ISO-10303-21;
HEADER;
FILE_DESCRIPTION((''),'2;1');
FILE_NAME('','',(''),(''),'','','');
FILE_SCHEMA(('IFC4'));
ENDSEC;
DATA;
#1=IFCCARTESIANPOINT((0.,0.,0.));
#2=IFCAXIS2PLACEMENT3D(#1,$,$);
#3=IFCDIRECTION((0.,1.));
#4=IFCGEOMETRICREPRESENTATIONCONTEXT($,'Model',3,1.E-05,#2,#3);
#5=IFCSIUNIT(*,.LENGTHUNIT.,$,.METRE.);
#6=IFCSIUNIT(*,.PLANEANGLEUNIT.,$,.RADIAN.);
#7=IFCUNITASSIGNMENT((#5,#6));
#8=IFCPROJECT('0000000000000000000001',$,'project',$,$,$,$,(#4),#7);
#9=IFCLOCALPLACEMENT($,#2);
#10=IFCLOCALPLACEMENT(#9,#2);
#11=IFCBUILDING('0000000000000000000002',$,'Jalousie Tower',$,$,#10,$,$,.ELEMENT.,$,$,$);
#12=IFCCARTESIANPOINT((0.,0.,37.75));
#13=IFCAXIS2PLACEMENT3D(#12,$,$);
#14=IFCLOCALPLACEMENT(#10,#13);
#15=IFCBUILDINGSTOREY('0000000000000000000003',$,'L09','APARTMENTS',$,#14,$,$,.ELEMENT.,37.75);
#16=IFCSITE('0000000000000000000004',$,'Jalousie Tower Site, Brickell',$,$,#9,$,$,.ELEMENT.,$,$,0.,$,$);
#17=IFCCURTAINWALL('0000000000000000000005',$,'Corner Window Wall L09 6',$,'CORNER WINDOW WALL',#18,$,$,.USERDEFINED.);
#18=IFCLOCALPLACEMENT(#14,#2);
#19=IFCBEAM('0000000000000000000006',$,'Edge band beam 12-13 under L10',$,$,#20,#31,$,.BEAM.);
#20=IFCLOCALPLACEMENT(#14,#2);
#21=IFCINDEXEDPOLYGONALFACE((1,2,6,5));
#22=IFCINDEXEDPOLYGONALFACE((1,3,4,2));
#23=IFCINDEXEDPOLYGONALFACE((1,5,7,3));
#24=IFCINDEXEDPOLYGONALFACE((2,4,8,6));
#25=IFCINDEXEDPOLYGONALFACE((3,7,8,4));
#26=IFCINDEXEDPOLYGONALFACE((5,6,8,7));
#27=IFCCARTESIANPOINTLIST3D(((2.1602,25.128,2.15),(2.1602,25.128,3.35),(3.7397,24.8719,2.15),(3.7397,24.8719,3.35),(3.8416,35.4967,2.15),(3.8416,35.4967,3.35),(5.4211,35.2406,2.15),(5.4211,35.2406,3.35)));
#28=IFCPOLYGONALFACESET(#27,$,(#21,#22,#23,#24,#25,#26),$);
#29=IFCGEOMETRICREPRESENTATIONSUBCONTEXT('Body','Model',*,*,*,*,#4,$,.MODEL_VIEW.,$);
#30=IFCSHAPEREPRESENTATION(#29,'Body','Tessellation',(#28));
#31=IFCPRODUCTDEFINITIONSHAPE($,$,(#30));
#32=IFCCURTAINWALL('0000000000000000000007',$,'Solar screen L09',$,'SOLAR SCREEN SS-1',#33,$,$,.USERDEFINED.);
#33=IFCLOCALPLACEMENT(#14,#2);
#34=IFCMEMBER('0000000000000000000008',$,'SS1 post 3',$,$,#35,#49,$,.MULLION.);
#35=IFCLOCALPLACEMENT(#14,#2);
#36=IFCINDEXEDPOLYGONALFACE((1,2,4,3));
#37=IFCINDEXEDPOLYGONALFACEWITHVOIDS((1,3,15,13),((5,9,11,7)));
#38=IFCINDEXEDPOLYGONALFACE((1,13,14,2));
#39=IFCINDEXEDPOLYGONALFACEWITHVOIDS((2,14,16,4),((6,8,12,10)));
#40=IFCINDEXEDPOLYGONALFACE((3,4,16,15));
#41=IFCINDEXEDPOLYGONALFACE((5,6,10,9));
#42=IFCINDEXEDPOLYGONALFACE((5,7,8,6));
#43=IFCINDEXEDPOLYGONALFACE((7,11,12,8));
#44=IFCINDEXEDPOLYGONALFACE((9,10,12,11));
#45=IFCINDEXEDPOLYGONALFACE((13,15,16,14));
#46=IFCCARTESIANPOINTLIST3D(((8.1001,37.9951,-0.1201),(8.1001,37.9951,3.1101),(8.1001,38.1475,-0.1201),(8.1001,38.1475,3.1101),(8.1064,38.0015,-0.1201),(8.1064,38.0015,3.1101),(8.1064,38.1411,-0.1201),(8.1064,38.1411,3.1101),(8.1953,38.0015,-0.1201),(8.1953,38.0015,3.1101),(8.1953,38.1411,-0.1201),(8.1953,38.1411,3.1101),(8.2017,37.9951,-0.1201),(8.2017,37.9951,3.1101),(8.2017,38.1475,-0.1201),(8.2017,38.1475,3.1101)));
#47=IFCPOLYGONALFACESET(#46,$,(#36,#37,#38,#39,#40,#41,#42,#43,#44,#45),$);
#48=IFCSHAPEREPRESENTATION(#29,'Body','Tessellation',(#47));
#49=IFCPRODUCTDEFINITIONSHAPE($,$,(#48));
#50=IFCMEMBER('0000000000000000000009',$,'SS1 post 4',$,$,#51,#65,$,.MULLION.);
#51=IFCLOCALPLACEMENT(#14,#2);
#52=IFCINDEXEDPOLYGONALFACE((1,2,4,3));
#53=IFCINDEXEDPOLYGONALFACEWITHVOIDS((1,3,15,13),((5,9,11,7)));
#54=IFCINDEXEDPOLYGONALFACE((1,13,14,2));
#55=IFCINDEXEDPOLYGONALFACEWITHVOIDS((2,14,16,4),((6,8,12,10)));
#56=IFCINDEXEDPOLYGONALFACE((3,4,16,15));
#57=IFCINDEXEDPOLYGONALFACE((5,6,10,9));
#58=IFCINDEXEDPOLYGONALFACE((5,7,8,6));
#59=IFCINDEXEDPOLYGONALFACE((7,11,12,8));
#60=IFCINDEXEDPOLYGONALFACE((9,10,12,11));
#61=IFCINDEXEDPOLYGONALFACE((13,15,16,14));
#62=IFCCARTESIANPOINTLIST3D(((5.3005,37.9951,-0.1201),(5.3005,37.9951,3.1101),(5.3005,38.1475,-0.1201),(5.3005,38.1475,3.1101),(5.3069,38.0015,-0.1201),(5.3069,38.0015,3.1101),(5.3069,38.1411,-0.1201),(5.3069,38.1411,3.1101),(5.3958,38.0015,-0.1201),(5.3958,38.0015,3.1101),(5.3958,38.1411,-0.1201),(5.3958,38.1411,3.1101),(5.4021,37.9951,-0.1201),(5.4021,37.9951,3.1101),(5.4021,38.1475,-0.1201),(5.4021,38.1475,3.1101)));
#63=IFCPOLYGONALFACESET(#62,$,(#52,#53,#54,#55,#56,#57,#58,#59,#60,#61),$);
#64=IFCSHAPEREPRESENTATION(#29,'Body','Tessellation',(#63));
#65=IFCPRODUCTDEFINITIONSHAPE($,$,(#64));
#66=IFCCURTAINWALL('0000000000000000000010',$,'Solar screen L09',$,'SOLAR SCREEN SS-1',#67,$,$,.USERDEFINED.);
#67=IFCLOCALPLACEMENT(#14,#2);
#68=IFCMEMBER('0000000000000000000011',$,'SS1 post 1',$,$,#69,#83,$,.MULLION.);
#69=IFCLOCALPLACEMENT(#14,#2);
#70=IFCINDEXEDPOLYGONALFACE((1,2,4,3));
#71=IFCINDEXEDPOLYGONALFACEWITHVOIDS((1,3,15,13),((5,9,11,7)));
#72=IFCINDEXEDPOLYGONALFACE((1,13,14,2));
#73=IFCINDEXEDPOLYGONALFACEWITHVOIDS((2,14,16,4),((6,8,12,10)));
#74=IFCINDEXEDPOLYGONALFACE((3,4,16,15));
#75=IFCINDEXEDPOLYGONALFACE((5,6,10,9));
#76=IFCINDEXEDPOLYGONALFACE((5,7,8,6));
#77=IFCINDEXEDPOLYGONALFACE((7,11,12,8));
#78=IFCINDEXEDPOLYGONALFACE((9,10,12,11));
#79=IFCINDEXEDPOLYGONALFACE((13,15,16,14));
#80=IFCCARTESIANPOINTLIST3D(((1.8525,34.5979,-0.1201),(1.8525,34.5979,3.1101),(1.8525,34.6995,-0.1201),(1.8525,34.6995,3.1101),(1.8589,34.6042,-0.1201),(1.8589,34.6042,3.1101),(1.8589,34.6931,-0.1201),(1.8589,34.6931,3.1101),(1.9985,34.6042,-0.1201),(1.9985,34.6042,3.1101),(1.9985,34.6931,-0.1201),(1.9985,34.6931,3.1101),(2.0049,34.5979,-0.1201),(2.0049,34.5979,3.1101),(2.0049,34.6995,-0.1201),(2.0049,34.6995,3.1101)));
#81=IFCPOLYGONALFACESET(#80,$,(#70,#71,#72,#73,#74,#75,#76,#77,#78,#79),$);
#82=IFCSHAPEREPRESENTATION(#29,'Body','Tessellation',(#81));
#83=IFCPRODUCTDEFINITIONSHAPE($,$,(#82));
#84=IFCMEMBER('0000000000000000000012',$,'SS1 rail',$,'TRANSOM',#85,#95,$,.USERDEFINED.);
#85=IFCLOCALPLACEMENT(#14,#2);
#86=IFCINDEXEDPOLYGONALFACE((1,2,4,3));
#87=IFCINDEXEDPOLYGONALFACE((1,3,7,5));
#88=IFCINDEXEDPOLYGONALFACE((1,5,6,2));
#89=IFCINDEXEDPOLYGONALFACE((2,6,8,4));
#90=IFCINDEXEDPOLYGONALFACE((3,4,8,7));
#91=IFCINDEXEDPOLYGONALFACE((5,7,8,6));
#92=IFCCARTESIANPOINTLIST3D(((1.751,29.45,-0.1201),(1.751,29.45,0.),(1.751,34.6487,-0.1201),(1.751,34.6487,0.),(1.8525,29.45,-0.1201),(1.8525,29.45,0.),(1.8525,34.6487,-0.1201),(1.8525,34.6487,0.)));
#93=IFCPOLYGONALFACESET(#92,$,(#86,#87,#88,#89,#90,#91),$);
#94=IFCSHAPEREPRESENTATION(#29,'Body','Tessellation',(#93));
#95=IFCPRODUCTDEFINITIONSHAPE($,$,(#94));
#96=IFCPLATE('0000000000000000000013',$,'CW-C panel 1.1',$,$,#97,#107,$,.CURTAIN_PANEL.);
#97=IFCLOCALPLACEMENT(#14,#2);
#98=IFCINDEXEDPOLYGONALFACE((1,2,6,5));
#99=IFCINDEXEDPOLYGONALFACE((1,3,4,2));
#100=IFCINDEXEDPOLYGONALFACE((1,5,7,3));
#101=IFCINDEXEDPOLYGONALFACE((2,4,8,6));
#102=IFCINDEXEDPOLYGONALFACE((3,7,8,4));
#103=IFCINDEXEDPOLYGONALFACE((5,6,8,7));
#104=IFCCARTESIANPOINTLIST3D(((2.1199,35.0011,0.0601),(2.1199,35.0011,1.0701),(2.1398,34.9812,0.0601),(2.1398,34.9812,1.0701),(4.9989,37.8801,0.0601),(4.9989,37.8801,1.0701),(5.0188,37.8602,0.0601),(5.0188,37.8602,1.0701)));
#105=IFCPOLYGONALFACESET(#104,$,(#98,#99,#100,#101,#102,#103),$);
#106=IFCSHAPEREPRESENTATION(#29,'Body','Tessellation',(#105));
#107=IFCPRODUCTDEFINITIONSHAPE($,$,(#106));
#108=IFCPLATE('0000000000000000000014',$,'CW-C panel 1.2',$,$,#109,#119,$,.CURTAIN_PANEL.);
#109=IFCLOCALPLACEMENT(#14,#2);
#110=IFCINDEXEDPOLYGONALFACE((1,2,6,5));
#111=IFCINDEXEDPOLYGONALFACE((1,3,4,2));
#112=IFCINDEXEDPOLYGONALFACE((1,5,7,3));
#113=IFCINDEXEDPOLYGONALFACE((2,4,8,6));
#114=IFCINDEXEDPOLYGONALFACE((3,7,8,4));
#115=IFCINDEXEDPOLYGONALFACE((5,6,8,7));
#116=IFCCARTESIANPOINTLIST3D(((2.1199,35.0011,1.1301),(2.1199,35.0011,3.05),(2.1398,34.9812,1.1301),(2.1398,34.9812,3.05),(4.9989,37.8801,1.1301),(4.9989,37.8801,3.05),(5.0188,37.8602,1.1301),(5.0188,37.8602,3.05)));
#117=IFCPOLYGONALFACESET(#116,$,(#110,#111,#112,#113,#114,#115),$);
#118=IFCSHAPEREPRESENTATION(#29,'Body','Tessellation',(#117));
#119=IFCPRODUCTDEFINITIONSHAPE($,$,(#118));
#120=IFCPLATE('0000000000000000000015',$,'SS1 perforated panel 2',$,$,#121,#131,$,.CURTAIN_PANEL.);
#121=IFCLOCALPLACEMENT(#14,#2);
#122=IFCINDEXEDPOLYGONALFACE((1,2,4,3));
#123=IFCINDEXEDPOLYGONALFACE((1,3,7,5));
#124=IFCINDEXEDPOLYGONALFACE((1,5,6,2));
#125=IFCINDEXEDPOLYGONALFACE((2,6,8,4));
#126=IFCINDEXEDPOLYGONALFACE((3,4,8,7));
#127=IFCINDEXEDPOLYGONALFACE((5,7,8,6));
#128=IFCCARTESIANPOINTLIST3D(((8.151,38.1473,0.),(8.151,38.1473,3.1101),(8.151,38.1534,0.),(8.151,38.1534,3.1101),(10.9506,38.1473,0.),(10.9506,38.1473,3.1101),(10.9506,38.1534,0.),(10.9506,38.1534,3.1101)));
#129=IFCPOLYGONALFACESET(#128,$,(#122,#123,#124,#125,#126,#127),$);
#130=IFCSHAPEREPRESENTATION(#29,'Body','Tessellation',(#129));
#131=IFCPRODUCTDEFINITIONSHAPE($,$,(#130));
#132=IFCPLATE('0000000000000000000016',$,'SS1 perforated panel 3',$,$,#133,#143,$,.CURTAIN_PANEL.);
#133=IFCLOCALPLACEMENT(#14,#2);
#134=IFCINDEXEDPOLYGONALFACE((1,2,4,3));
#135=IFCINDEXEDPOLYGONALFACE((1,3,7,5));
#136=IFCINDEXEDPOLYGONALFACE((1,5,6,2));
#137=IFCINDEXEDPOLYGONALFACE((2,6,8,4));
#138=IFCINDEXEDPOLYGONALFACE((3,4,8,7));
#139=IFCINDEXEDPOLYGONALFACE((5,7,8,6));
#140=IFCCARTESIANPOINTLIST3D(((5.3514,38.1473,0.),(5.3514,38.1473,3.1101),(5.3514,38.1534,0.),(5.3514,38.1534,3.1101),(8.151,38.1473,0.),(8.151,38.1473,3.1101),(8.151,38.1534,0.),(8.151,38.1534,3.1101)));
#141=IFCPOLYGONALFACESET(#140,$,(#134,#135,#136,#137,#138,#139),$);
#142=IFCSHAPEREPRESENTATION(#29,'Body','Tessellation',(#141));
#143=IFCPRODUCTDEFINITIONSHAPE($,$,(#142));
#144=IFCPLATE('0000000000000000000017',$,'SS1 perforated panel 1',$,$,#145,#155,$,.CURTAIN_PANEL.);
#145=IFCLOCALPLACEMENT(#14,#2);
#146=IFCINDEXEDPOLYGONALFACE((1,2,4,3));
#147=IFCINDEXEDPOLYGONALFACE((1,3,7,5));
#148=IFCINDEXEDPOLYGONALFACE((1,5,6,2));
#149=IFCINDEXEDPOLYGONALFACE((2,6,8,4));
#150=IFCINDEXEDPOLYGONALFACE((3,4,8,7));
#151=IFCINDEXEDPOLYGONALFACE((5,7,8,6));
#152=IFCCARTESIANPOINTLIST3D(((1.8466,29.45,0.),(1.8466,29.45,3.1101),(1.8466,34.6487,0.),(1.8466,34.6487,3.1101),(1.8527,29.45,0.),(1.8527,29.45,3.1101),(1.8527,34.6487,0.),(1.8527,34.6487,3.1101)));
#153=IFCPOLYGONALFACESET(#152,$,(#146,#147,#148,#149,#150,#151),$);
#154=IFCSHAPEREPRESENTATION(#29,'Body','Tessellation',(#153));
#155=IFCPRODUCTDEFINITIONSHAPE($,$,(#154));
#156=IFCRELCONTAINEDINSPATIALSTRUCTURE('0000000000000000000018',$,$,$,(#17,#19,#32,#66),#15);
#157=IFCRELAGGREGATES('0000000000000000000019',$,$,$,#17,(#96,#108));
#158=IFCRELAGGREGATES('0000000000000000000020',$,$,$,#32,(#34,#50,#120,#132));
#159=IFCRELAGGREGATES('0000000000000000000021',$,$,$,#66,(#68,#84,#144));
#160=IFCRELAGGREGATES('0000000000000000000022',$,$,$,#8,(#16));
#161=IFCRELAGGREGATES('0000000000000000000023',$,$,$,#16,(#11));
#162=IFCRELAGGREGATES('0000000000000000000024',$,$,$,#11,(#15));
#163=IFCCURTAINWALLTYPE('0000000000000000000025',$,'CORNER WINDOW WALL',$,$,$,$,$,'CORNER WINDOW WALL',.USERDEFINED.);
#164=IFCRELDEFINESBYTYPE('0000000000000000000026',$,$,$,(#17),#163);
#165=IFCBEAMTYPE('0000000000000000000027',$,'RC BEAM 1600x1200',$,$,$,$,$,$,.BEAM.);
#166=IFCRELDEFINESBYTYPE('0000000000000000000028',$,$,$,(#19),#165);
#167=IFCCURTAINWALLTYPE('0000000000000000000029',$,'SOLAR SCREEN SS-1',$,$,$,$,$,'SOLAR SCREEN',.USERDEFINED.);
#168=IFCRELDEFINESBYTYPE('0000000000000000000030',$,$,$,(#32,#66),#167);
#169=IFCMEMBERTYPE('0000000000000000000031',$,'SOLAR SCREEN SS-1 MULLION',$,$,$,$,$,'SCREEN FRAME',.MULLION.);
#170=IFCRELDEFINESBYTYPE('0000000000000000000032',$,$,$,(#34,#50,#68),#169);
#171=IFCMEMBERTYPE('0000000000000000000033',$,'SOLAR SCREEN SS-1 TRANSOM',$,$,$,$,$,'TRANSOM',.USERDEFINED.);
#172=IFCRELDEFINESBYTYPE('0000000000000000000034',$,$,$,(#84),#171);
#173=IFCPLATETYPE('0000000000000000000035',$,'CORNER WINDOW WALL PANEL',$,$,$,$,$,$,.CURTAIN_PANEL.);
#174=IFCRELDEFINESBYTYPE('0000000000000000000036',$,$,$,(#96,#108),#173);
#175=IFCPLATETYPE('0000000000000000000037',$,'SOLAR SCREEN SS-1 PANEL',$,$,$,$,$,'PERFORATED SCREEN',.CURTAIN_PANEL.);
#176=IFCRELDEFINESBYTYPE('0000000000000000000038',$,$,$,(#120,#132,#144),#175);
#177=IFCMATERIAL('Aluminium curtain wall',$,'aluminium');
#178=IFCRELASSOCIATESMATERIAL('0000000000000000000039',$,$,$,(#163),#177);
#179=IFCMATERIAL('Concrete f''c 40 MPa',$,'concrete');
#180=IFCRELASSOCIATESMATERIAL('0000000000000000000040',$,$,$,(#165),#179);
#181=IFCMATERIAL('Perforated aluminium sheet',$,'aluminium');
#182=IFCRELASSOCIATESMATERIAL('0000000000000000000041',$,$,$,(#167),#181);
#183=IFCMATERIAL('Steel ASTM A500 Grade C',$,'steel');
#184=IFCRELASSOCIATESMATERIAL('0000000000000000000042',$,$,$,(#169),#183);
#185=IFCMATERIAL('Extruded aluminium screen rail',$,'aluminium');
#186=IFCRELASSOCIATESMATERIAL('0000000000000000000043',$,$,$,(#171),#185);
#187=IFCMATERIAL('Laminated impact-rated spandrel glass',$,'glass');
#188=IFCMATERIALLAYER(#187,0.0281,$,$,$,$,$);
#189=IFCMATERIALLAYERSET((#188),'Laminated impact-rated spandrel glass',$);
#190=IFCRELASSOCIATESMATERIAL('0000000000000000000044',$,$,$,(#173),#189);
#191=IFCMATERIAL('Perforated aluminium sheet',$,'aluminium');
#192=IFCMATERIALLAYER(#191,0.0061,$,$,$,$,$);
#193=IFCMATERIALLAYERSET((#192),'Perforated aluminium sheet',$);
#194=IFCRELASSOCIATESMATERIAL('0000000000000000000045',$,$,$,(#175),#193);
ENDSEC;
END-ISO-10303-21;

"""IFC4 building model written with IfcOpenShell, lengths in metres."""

from ifc_helpers import new_model, si_unit, direction, frame, origin, origin_2d, place, context, subcontext, project, spatial, rectangle, hollow_rectangle, extrude, material, layer, layer_set, material_profile, profile_set, type_object, element, aggregate, save


model = new_model("IFC4")

# Units and contexts
model_context = context("Model", 3, precision=1e-05, world=origin(), true_north=direction((0.0, 1.0)))
body_context = subcontext(model_context, "Body", "Model", "MODEL_VIEW")
ifc_project = project(units=[si_unit("LENGTHUNIT", "METRE"), si_unit("PLANEANGLEUNIT", "RADIAN")], contexts=[model_context])

# Site, building, storey
site_placement = place(None, origin())
site = spatial("IfcSite", under=ifc_project, at=site_placement, Name="Jalousie Tower Site, Brickell", CompositionType="ELEMENT", RefElevation=0.0)
building_placement = place(site_placement, origin())
building = spatial("IfcBuilding", under=site, at=building_placement, Name="Jalousie Tower", CompositionType="ELEMENT")
storey_placement = place(building_placement, frame((0.0, 0.0, 37.75)))
storey = spatial("IfcBuildingStorey", under=building, at=storey_placement, Name="L09", Description="APARTMENTS", CompositionType="ELEMENT", Elevation=37.75)

# Curtain wall
ifc_material_1 = material(Name="Aluminium curtain wall", Category="aluminium")
curtain_wall_type_1 = type_object("IfcCurtainWallType", Name="CORNER WINDOW WALL", ElementType="CORNER WINDOW WALL", PredefinedType="USERDEFINED", material=ifc_material_1)
curtain_wall_1_placement = place(storey_placement, origin())
curtain_wall_1 = element("IfcCurtainWall", 1, at=curtain_wall_1_placement, inside=storey, type_object=curtain_wall_type_1, Name="Corner Window Wall L09 6", ObjectType="CORNER WINDOW WALL", PredefinedType="USERDEFINED")

# Beam
ifc_material_2 = material(Name="Concrete f'c 40 MPa", Category="concrete")
ifc_material_profile_1 = material_profile(ifc_material_2, rectangle(XDim=1.6001, YDim=1.2, at=origin_2d()), Name="RC 1600x1200")
ifc_profile_set_1 = profile_set([ifc_material_profile_1], Name="Concrete f'c 40 MPa")
beam_type_1 = type_object("IfcBeamType", Name="RC BEAM 1600x1200", PredefinedType="BEAM", material=ifc_profile_set_1)
beam_1_placement = place(storey_placement, frame((4.6313, 35.3687, 2.75), z_axis=(-0.160071, -0.987106, 0.0), x_axis=(0.987106, -0.160071, 0.0)))
element("IfcBeam", 2, at=beam_1_placement, inside=storey, type_object=beam_type_1, Name="Edge band beam 12-13 under L10", PredefinedType="BEAM", context=body_context, shape_type="SweptSolid", body=[
    extrude(rectangle(XDim=1.6001, YDim=1.2, at=origin_2d()), origin(), (0.0, 0.0, 1.0), 10.5042),
])

# Curtain walls, members
ifc_material_3 = material(Name="Perforated aluminium sheet", Category="aluminium")
curtain_wall_type_2 = type_object("IfcCurtainWallType", Name="SOLAR SCREEN SS-1", ElementType="SOLAR SCREEN", PredefinedType="USERDEFINED", material=ifc_material_3)
curtain_wall_2_placement = place(storey_placement, origin())
curtain_wall_2 = element("IfcCurtainWall", 3, at=curtain_wall_2_placement, inside=storey, type_object=curtain_wall_type_2, Name="Solar screen L09", ObjectType="SOLAR SCREEN SS-1", PredefinedType="USERDEFINED")
ifc_material_4 = material(Name="Steel ASTM A500 Grade C", Category="steel")
ifc_material_profile_2 = material_profile(ifc_material_4, hollow_rectangle(XDim=0.1016, YDim=0.1523, WallThickness=0.0063, at=origin_2d()), Name="HSS6X4X1/4")
ifc_profile_set_2 = profile_set([ifc_material_profile_2], Name="Steel ASTM A500 Grade C")
member_type_1 = type_object("IfcMemberType", Name="SOLAR SCREEN SS-1 MULLION", ElementType="SCREEN FRAME", PredefinedType="MULLION", material=ifc_profile_set_2)
member_1_placement = place(storey_placement, frame((8.1509, 38.0713, -0.1201), z_axis=(0.0, 0.0, 1.0), x_axis=(-1.0, 0.0, 0.0)))
member_1 = element("IfcMember", 4, at=member_1_placement, type_object=member_type_1, Name="SS1 post 3", PredefinedType="MULLION", context=body_context, shape_type="SweptSolid", body=[
    extrude(hollow_rectangle(XDim=0.1016, YDim=0.1523, WallThickness=0.0063, at=origin_2d()), origin(), (0.0, 0.0, 1.0), 3.2302),
])
member_2_placement = place(storey_placement, frame((5.3513, 38.0713, -0.1201), z_axis=(0.0, 0.0, 1.0), x_axis=(-1.0, 0.0, 0.0)))
member_2 = element("IfcMember", 5, at=member_2_placement, type_object=member_type_1, Name="SS1 post 4", PredefinedType="MULLION", context=body_context, shape_type="SweptSolid", body=[
    extrude(hollow_rectangle(XDim=0.1016, YDim=0.1523, WallThickness=0.0063, at=origin_2d()), origin(), (0.0, 0.0, 1.0), 3.2302),
])
curtain_wall_3_placement = place(storey_placement, origin())
curtain_wall_3 = element("IfcCurtainWall", 6, at=curtain_wall_3_placement, inside=storey, type_object=curtain_wall_type_2, Name="Solar screen L09", ObjectType="SOLAR SCREEN SS-1", PredefinedType="USERDEFINED")
member_3_placement = place(storey_placement, frame((1.9287, 34.6487, -0.1201), z_axis=(0.0, 0.0, 1.0), x_axis=(0.0, -1.0, 0.0)))
member_3 = element("IfcMember", 7, at=member_3_placement, type_object=member_type_1, Name="SS1 post 1", PredefinedType="MULLION", context=body_context, shape_type="SweptSolid", body=[
    extrude(hollow_rectangle(XDim=0.1016, YDim=0.1523, WallThickness=0.0063, at=origin_2d()), origin(), (0.0, 0.0, 1.0), 3.2302),
])
ifc_material_5 = material(Name="Extruded aluminium screen rail", Category="aluminium")
ifc_material_profile_3 = material_profile(ifc_material_5, rectangle(XDim=0.1016, YDim=0.1201, at=origin_2d()), Name="RAIL 102x120")
ifc_profile_set_3 = profile_set([ifc_material_profile_3], Name="Extruded aluminium screen rail")
member_type_2 = type_object("IfcMemberType", Name="SOLAR SCREEN SS-1 TRANSOM", ElementType="TRANSOM", PredefinedType="USERDEFINED", material=ifc_profile_set_3)
member_4_placement = place(storey_placement, frame((1.8018, 34.6487, -0.0601), z_axis=(0.0, -1.0, 0.0), x_axis=(1.0, 0.0, 0.0)))
member_4 = element("IfcMember", 8, at=member_4_placement, type_object=member_type_2, Name="SS1 rail", ObjectType="TRANSOM", PredefinedType="USERDEFINED", context=body_context, shape_type="SweptSolid", body=[
    extrude(rectangle(XDim=0.1016, YDim=0.1201, at=origin_2d()), origin(), (0.0, 0.0, 1.0), 5.1987),
])

# Plates
ifc_material_6 = material(Name="Laminated impact-rated spandrel glass", Category="glass")
ifc_layer_1 = layer(ifc_material_6, 0.0281)
ifc_layer_set_1 = layer_set([ifc_layer_1], Name="Laminated impact-rated spandrel glass")
plate_type_1 = type_object("IfcPlateType", Name="CORNER WINDOW WALL PANEL", PredefinedType="CURTAIN_PANEL", material=ifc_layer_set_1)
plate_1_placement = place(storey_placement, frame((3.5693, 36.4307, 0.0601), z_axis=(0.0, 0.0, 1.0), x_axis=(-0.707107, -0.707107, 0.0)))
plate_1 = element("IfcPlate", 9, at=plate_1_placement, type_object=plate_type_1, Name="CW-C panel 1.1", PredefinedType="CURTAIN_PANEL", context=body_context, shape_type="SweptSolid", body=[
    extrude(rectangle(XDim=4.0715, YDim=0.0281, at=origin_2d()), origin(), (0.0, 0.0, 1.0), 1.01),
])
plate_2_placement = place(storey_placement, frame((3.5693, 36.4307, 1.1301), z_axis=(0.0, 0.0, 1.0), x_axis=(-0.707107, -0.707107, 0.0)))
plate_2 = element("IfcPlate", 10, at=plate_2_placement, type_object=plate_type_1, Name="CW-C panel 1.2", PredefinedType="CURTAIN_PANEL", context=body_context, shape_type="SweptSolid", body=[
    extrude(rectangle(XDim=4.0715, YDim=0.0281, at=origin_2d()), origin(), (0.0, 0.0, 1.0), 1.9199),
])
aggregate(curtain_wall_1, [plate_1, plate_2])
ifc_material_7 = material(Name="Perforated aluminium sheet", Category="aluminium")
ifc_layer_2 = layer(ifc_material_7, 0.0061)
ifc_layer_set_2 = layer_set([ifc_layer_2], Name="Perforated aluminium sheet")
plate_type_2 = type_object("IfcPlateType", Name="SOLAR SCREEN SS-1 PANEL", ElementType="PERFORATED SCREEN", PredefinedType="CURTAIN_PANEL", material=ifc_layer_set_2)
plate_3_placement = place(storey_placement, frame((9.5508, 38.1504, 0.0), z_axis=(0.0, 0.0, 1.0), x_axis=(-1.0, 0.0, 0.0)))
plate_3 = element("IfcPlate", 11, at=plate_3_placement, type_object=plate_type_2, Name="SS1 perforated panel 2", PredefinedType="CURTAIN_PANEL", context=body_context, shape_type="SweptSolid", body=[
    extrude(rectangle(XDim=2.7996, YDim=0.0061, at=origin_2d()), origin(), (0.0, 0.0, 1.0), 3.1101),
])
plate_4_placement = place(storey_placement, frame((6.7512, 38.1504, 0.0), z_axis=(0.0, 0.0, 1.0), x_axis=(-1.0, 0.0, 0.0)))
plate_4 = element("IfcPlate", 12, at=plate_4_placement, type_object=plate_type_2, Name="SS1 perforated panel 3", PredefinedType="CURTAIN_PANEL", context=body_context, shape_type="SweptSolid", body=[
    extrude(rectangle(XDim=2.7996, YDim=0.0061, at=origin_2d()), origin(), (0.0, 0.0, 1.0), 3.1101),
])
aggregate(curtain_wall_2, [member_1, member_2, plate_3, plate_4])
plate_5_placement = place(storey_placement, frame((1.8496, 32.0493, 0.0), z_axis=(0.0, 0.0, 1.0), x_axis=(0.0, -1.0, 0.0)))
plate_5 = element("IfcPlate", 13, at=plate_5_placement, type_object=plate_type_2, Name="SS1 perforated panel 1", PredefinedType="CURTAIN_PANEL", context=body_context, shape_type="SweptSolid", body=[
    extrude(rectangle(XDim=5.1987, YDim=0.0061, at=origin_2d()), origin(), (0.0, 0.0, 1.0), 3.1101),
])
aggregate(curtain_wall_3, [member_3, member_4, plate_5])

save(model, "model.ifc")
